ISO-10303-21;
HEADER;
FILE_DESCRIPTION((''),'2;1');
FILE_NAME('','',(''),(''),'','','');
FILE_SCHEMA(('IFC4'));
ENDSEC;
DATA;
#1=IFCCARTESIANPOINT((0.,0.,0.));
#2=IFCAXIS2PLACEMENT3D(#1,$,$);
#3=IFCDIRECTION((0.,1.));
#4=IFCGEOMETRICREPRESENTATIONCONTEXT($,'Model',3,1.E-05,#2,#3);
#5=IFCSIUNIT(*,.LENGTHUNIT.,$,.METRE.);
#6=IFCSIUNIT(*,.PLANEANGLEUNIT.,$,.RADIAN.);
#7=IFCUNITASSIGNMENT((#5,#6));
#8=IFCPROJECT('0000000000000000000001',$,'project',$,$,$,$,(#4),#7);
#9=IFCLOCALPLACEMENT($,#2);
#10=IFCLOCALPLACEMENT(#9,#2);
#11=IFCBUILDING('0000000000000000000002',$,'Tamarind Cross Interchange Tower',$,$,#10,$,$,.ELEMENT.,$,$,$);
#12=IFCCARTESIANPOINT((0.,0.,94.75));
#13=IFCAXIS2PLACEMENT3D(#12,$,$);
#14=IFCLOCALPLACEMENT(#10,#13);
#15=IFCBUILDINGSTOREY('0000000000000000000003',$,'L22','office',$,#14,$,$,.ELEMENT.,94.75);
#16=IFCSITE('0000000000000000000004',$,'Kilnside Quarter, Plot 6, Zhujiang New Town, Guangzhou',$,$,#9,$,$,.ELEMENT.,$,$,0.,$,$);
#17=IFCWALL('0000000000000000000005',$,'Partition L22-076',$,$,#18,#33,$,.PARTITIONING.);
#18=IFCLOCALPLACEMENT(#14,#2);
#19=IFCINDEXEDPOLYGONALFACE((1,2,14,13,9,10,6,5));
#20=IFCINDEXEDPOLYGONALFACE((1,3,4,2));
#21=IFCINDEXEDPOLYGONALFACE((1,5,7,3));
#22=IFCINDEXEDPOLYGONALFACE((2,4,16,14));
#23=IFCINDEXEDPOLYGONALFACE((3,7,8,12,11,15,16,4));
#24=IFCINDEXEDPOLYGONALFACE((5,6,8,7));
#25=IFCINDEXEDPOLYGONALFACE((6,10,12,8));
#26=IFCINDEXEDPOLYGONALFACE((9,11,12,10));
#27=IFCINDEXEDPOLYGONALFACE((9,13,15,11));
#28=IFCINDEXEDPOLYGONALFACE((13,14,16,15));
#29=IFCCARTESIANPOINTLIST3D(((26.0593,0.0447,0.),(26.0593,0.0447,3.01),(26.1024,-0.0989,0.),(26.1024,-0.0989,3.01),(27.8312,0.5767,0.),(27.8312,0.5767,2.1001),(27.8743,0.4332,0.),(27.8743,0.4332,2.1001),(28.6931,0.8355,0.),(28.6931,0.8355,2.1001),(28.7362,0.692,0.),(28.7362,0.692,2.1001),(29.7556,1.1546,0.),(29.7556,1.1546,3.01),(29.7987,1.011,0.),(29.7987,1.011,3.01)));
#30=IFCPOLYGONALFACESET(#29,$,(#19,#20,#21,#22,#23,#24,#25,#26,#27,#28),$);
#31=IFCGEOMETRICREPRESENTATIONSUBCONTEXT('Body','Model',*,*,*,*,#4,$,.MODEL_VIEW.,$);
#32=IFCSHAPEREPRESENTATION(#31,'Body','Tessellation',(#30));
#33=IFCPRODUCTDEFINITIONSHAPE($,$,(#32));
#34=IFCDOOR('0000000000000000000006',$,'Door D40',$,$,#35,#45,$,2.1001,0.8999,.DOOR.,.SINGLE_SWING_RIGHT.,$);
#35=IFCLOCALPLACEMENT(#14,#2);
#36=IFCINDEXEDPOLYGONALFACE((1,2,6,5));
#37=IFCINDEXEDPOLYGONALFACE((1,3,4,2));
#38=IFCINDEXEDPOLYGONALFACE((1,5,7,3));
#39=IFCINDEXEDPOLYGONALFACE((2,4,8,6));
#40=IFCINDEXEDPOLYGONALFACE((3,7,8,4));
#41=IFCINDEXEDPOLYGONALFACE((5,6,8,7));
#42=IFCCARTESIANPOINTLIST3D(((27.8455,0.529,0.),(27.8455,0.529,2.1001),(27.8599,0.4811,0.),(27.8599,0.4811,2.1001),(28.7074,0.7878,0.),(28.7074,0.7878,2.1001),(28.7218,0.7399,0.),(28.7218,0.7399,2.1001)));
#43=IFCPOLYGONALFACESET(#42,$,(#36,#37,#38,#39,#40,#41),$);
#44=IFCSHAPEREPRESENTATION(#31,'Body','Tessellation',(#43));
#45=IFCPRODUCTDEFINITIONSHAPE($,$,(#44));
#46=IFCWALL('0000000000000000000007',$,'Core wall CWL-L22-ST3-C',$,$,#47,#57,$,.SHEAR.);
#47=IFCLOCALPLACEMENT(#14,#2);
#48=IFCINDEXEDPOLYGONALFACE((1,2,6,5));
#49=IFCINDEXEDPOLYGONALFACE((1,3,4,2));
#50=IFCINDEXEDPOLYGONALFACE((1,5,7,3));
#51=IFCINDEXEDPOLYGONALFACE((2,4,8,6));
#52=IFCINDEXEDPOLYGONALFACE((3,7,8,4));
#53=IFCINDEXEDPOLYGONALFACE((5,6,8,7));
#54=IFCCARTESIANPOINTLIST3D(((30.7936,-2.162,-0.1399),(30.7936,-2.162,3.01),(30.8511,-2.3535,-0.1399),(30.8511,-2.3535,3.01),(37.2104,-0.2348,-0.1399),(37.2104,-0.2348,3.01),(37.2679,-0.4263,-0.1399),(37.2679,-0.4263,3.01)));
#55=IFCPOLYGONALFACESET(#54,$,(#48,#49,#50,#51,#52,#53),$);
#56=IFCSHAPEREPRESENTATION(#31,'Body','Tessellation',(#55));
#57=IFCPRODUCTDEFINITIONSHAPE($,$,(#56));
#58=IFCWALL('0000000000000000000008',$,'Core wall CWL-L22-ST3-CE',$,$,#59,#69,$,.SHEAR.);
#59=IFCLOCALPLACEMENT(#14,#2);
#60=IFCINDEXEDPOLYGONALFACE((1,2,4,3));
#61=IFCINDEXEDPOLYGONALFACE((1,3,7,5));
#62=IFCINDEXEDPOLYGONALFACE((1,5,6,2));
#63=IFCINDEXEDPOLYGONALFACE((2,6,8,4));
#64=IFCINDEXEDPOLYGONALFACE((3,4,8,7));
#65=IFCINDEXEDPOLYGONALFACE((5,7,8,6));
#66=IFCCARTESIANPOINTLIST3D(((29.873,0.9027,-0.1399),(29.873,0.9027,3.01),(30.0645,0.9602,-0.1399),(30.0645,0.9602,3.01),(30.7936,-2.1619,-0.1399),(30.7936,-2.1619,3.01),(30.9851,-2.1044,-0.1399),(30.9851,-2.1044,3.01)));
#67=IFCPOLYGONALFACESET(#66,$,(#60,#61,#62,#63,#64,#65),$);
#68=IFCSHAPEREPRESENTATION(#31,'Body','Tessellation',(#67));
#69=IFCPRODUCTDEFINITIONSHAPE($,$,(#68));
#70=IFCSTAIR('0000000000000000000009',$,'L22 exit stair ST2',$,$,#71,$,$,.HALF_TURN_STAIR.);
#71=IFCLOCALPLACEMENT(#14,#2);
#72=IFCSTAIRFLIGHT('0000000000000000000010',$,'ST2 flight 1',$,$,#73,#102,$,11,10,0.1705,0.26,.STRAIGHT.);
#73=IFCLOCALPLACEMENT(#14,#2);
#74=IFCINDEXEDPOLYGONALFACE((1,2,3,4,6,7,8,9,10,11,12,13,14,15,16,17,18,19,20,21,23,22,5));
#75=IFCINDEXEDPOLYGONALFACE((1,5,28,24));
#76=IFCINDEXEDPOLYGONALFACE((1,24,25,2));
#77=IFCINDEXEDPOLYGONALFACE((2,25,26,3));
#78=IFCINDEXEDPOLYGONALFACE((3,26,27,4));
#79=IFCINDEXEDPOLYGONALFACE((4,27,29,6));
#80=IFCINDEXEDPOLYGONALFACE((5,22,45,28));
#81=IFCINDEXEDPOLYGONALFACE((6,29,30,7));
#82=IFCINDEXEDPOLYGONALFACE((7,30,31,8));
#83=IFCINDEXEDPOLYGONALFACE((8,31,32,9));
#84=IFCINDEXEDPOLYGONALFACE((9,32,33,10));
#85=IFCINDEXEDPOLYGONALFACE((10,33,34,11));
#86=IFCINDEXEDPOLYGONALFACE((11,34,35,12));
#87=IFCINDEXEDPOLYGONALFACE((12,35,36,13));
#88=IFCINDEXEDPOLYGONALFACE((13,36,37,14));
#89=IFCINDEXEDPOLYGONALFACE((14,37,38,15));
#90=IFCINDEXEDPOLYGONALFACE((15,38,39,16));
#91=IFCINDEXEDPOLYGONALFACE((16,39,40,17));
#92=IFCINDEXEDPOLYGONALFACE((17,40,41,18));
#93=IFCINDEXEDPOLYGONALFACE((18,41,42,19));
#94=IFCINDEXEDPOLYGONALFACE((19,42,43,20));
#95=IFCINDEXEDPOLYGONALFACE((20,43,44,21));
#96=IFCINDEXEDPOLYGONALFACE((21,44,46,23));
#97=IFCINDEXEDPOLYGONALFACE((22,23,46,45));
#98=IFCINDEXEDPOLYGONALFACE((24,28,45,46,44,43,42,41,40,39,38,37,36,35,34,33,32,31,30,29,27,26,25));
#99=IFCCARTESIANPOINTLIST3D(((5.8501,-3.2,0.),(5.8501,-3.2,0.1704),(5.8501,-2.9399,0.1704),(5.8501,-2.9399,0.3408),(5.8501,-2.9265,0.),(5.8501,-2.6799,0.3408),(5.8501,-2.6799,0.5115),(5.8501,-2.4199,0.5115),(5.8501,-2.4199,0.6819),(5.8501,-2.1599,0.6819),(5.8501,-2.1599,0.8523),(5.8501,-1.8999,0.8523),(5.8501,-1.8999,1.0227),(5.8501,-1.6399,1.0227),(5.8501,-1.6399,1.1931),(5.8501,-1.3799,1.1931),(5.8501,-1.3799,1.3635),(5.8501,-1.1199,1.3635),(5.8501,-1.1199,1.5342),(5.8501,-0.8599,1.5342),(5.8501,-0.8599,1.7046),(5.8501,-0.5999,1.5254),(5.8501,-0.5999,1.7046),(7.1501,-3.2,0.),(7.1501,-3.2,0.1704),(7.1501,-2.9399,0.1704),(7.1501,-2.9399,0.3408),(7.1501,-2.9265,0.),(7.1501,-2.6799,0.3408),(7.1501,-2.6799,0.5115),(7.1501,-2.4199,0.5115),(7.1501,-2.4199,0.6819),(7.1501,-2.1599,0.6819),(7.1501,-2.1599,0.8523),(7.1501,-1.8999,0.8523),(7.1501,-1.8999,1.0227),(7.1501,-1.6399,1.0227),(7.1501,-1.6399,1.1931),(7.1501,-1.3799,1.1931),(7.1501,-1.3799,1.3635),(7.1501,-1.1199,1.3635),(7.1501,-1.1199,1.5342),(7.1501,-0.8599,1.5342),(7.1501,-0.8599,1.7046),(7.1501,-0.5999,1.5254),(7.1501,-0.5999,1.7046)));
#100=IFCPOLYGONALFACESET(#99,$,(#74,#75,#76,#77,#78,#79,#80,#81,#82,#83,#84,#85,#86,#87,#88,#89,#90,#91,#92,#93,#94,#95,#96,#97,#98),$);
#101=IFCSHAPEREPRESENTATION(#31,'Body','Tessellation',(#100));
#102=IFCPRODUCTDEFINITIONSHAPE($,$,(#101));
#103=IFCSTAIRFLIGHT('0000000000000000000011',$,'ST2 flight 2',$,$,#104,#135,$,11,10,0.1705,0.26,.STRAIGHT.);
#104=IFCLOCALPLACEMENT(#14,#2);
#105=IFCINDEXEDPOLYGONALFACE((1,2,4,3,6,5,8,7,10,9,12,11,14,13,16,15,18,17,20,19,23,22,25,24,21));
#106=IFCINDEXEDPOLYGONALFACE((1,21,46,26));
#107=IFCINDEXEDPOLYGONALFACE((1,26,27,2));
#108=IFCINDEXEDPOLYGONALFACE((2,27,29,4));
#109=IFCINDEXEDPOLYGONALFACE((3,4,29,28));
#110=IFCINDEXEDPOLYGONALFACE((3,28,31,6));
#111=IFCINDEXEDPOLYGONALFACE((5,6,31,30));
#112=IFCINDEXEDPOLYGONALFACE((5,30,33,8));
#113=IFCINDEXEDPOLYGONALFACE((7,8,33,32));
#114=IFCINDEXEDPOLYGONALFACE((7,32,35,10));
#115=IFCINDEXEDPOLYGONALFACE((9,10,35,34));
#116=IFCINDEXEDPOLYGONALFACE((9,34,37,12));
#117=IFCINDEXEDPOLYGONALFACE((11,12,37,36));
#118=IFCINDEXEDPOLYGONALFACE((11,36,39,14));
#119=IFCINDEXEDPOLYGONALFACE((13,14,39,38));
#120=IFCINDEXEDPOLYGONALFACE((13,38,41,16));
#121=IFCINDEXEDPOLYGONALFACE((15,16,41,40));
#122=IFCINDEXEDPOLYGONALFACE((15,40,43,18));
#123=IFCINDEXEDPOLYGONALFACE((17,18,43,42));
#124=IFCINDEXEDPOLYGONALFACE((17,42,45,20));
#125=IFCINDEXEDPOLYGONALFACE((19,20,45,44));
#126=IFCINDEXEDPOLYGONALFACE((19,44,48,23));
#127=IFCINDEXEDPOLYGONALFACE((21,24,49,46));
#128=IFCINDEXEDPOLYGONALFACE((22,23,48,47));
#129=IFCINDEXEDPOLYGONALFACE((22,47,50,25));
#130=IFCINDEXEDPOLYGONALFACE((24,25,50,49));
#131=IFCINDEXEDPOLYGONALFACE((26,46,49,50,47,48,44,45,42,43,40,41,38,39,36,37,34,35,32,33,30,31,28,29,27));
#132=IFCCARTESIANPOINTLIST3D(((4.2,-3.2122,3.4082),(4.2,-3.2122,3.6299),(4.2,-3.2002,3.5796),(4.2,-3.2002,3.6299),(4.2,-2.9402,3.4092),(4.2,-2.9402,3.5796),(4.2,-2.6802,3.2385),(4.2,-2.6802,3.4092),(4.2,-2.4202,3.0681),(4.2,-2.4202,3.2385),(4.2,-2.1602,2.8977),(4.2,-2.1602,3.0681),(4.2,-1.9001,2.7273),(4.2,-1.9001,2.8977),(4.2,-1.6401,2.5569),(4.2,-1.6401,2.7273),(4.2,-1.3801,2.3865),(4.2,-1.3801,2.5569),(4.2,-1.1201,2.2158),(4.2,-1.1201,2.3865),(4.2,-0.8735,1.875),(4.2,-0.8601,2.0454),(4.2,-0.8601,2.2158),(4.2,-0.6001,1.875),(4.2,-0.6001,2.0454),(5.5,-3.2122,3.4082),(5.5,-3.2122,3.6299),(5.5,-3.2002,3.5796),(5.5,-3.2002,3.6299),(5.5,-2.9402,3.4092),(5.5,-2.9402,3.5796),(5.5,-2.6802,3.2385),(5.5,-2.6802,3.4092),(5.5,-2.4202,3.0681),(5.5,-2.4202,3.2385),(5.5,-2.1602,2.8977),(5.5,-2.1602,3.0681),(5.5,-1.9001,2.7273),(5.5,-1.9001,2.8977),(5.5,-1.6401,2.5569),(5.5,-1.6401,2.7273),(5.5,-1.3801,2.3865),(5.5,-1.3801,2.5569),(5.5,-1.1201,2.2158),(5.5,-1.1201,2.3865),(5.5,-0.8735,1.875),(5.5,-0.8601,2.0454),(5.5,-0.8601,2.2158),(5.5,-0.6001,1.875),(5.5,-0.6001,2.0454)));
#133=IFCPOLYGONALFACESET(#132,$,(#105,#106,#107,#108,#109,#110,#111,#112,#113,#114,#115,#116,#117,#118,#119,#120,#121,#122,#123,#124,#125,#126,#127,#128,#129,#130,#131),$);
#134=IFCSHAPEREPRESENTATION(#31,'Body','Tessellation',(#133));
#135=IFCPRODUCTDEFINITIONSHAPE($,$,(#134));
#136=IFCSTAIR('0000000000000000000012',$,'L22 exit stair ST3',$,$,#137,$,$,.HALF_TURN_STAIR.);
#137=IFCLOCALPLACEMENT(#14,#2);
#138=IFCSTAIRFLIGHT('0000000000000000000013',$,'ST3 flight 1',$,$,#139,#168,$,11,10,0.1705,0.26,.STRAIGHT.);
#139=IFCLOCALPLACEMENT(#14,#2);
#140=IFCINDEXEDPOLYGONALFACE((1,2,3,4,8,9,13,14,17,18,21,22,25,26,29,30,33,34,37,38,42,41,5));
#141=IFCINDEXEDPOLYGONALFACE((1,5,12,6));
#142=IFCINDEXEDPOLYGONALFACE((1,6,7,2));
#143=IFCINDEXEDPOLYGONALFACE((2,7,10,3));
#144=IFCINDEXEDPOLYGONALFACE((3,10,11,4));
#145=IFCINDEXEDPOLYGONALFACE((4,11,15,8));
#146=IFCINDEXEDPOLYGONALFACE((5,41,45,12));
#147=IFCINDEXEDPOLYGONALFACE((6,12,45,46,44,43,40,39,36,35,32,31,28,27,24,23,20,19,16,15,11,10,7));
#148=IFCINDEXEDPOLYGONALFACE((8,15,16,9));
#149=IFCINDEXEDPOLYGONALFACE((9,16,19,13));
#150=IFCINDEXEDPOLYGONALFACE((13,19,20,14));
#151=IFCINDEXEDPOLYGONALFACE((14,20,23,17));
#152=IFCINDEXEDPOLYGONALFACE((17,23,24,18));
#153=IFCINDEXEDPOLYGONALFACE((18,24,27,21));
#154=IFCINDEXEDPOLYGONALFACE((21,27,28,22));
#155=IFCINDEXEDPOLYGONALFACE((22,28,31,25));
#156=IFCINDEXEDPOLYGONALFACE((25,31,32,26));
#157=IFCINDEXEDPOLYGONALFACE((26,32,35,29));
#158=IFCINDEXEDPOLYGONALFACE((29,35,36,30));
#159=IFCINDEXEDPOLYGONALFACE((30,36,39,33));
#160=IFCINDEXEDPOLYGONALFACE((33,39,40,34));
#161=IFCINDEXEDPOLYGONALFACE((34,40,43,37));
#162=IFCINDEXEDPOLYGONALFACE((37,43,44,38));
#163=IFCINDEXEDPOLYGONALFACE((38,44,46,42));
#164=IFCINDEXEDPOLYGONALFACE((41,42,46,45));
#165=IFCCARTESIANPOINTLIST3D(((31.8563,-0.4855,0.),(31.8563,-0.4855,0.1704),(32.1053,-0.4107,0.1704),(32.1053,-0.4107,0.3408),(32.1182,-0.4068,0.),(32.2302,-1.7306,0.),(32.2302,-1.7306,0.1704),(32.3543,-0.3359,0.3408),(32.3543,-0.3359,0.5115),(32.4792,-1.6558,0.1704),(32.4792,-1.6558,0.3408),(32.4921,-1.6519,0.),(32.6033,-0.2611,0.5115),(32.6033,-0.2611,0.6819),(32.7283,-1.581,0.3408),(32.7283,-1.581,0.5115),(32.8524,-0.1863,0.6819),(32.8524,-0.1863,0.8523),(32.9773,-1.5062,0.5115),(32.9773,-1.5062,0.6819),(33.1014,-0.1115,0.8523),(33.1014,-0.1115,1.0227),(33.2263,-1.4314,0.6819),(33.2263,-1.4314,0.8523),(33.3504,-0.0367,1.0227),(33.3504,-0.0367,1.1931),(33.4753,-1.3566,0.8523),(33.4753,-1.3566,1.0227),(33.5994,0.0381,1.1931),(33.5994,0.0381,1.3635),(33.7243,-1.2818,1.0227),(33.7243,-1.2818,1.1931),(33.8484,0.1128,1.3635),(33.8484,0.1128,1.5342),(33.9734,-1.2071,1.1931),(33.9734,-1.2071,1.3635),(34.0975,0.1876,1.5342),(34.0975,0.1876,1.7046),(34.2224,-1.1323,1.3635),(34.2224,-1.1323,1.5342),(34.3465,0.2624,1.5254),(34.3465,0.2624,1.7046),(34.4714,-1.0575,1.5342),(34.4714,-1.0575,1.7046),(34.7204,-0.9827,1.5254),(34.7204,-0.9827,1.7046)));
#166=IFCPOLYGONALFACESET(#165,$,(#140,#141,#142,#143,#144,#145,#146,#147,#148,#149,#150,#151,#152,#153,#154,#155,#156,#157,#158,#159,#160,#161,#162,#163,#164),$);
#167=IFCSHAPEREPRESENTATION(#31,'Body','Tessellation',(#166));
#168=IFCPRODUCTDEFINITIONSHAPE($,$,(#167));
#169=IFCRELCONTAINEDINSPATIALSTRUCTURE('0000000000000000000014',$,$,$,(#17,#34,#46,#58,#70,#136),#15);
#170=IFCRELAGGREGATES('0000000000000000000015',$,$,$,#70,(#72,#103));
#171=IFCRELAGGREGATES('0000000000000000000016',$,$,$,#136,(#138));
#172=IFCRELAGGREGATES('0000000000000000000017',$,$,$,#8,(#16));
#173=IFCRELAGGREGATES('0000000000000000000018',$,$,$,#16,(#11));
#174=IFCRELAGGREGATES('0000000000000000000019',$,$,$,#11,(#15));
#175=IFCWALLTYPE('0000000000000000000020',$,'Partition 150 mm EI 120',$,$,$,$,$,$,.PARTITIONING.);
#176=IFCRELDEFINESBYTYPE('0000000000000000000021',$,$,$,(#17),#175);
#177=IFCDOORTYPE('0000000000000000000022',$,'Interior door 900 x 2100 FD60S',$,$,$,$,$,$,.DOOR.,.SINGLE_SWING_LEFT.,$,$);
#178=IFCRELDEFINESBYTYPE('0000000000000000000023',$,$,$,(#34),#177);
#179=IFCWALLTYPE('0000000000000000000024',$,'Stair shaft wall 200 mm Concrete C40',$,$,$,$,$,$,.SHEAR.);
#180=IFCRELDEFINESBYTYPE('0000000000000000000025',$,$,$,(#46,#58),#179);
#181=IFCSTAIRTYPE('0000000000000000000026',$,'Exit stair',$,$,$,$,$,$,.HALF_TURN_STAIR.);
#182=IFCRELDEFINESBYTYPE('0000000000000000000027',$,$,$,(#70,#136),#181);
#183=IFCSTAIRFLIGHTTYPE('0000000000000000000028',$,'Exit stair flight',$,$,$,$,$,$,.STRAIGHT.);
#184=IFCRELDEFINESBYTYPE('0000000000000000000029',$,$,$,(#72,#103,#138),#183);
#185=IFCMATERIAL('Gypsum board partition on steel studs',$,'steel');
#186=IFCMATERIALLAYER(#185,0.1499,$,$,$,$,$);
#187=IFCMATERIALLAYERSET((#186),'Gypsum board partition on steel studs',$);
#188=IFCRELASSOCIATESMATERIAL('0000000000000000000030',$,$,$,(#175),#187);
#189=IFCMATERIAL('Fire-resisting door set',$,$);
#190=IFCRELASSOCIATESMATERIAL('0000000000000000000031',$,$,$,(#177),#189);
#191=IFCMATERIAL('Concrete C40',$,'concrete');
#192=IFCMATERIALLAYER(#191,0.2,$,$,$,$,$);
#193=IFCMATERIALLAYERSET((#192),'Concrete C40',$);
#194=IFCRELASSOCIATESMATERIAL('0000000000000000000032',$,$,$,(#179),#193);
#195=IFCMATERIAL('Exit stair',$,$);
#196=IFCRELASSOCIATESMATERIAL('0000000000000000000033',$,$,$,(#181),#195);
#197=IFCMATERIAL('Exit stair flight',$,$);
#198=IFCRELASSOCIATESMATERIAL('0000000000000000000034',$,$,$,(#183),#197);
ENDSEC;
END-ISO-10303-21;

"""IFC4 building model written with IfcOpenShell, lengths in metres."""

from ifc_helpers import new_model, si_unit, direction, frame, frame_2d, origin, place, context, subcontext, project, spatial, polyline, rectangle, outline, extrude, material, layer, layer_set, type_object, element, fill, aggregate, save


model = new_model("IFC4")

# Units and contexts
model_context = context("Model", 3, precision=1e-05, world=origin(), true_north=direction((0.0, 1.0)))
body_context = subcontext(model_context, "Body", "Model", "MODEL_VIEW")
ifc_project = project(units=[si_unit("LENGTHUNIT", "METRE"), si_unit("PLANEANGLEUNIT", "RADIAN")], contexts=[model_context])

# Site, building, storey
site_placement = place(None, origin())
site = spatial("IfcSite", under=ifc_project, at=site_placement, Name="Kilnside Quarter, Plot 6, Zhujiang New Town, Guangzhou", CompositionType="ELEMENT", RefElevation=0.0)
building_placement = place(site_placement, origin())
building = spatial("IfcBuilding", under=site, at=building_placement, Name="Tamarind Cross Interchange Tower", CompositionType="ELEMENT")
storey_placement = place(building_placement, frame((0.0, 0.0, 94.75)))
storey = spatial("IfcBuildingStorey", under=building, at=storey_placement, Name="L22", Description="office", CompositionType="ELEMENT", Elevation=94.75)

# Shared definitions
ifc_material_1 = material(Name="Gypsum board partition on steel studs", Category="steel")
ifc_layer_1 = layer(ifc_material_1, 0.1499)
ifc_layer_set_1 = layer_set([ifc_layer_1], Name="Gypsum board partition on steel studs")
wall_type_1 = type_object("IfcWallType", Name="Partition 150 mm EI 120", PredefinedType="PARTITIONING", material=ifc_layer_set_1)

# Wall, opening, door
ifc_material_2 = material(Name="Fire-resisting door set")
door_type = type_object("IfcDoorType", Name="Interior door 900 x 2100 FD60S", OperationType="SINGLE_SWING_LEFT", PredefinedType="DOOR", material=ifc_material_2)
wall_1_placement = place(storey_placement, frame((26.0808, -0.0271, 0.0), z_axis=(0.0, 0.0, 1.0), x_axis=(0.957757, 0.28758, 0.0)))
wall_1 = element("IfcWall", 1, at=wall_1_placement, inside=storey, type_object=wall_type_1, Name="Partition L22-076", PredefinedType="PARTITIONING", context=body_context, shape_type="SweptSolid", body=[
    extrude(rectangle(XDim=3.8594, YDim=0.1499, at=frame_2d((1.9297, 0.0))), origin(), (0.0, 0.0, 1.0), 3.01),
])
opening_1_placement = place(wall_1_placement, frame((1.8501, 0.0, 0.0)))
opening_1 = element("IfcOpeningElement", 2, at=opening_1_placement, cuts=wall_1, PredefinedType="OPENING", context=body_context, shape_type="SweptSolid", body=[
    extrude(rectangle(XDim=0.8999, YDim=2.1001, at=frame_2d((0.45, 1.05))), frame((0.0, 0.085, 0.0), z_axis=(0.0, -1.0, 0.0), x_axis=(1.0, 0.0, 0.0)), (0.0, 0.0, 1.0), 0.1699),
])
door_1_placement = place(opening_1_placement, frame((0.8999, 0.0, 0.0), z_axis=(0.0, 0.0, 1.0), x_axis=(-1.0, 0.0, 0.0)))
door_1 = element("IfcDoor", 3, at=door_1_placement, inside=storey, type_object=door_type, Name="Door D40", OperationType="SINGLE_SWING_RIGHT", OverallHeight=2.1001, OverallWidth=0.8999, PredefinedType="DOOR", context=body_context, shape_type="SweptSolid", body=[
    extrude(rectangle(XDim=0.8999, YDim=2.1001, at=frame_2d((0.45, 1.05))), frame((0.0, 0.0249, 0.0), z_axis=(0.0, -1.0, 0.0), x_axis=(1.0, 0.0, 0.0)), (0.0, 0.0, 1.0), 0.05),
])
fill(opening_1, door_1)

# Walls
ifc_material_3 = material(Name="Concrete C40", Category="concrete")
ifc_layer_2 = layer(ifc_material_3, 0.2)
ifc_layer_set_2 = layer_set([ifc_layer_2], Name="Concrete C40")
wall_type_2 = type_object("IfcWallType", Name="Stair shaft wall 200 mm Concrete C40", PredefinedType="SHEAR", material=ifc_layer_set_2)
wall_2_placement = place(storey_placement, frame((30.8223, -2.2578, -0.1399), z_axis=(0.0, 0.0, 1.0), x_axis=(0.957735, 0.287652, 0.0)))
element("IfcWall", 4, at=wall_2_placement, inside=storey, type_object=wall_type_2, Name="Core wall CWL-L22-ST3-C", PredefinedType="SHEAR", context=body_context, shape_type="SweptSolid", body=[
    extrude(rectangle(XDim=6.7, YDim=0.2, at=frame_2d((3.3501, 0.0))), origin(), (0.0, 0.0, 1.0), 3.1499),
])
wall_3_placement = place(storey_placement, frame((30.8894, -2.1333, -0.1399), z_axis=(0.0, 0.0, 1.0), x_axis=(-0.287705, 0.957719, 0.0)))
element("IfcWall", 5, at=wall_3_placement, inside=storey, type_object=wall_type_2, Name="Core wall CWL-L22-ST3-CE", PredefinedType="SHEAR", context=body_context, shape_type="SweptSolid", body=[
    extrude(rectangle(XDim=3.2, YDim=0.2, at=frame_2d((1.6001, 0.0))), origin(), (0.0, 0.0, 1.0), 3.1499),
])

# Stair, stair flights
ifc_material_4 = material(Name="Exit stair")
stair_type = type_object("IfcStairType", Name="Exit stair", PredefinedType="HALF_TURN_STAIR", material=ifc_material_4)
stair_1_placement = place(storey_placement, origin())
stair_1 = element("IfcStair", 6, at=stair_1_placement, inside=storey, type_object=stair_type, Name="L22 exit stair ST2", PredefinedType="HALF_TURN_STAIR")
ifc_material_5 = material(Name="Exit stair flight")
stair_flight_type = type_object("IfcStairFlightType", Name="Exit stair flight", PredefinedType="STRAIGHT", material=ifc_material_5)
stair_flight_1_placement = place(storey_placement, frame((6.5, -3.2, 0.0), z_axis=(0.0, 0.0, 1.0), x_axis=(0.0, 1.0, 0.0)))
stair_flight_1 = element("IfcStairFlight", 7, at=stair_flight_1_placement, type_object=stair_flight_type, Name="ST2 flight 1", NumberOfRisers=11, NumberOfTreads=10, PredefinedType="STRAIGHT", RiserHeight=0.1705, TreadLength=0.26, context=body_context, shape_type="SweptSolid", body=[
    extrude(outline(polyline([(0.0, 0.0), (0.0, 0.1704), (0.26, 0.1704), (0.26, 0.3408), (0.52, 0.3408), (0.52, 0.5115), (0.78, 0.5115), (0.78, 0.6819), (1.04, 0.6819), (1.04, 0.8523), (1.3, 0.8523), (1.3, 1.0227), (1.5601, 1.0227), (1.5601, 1.1931), (1.8201, 1.1931), (1.8201, 1.3635), (2.0801, 1.3635), (2.0801, 1.5342), (2.3401, 1.5342), (2.3401, 1.7046), (2.6001, 1.7046), (2.6001, 1.875), (2.6001, 1.5254), (0.2734, 0.0), (0.0, 0.0)])), frame((0.0, 0.6499, 0.0), z_axis=(0.0, -1.0, 0.0), x_axis=(1.0, 0.0, 0.0)), (0.0, 0.0, 1.0), 1.3),
])
stair_flight_2_placement = place(storey_placement, frame((4.8501, -0.6001, 1.875), z_axis=(0.0, 0.0, 1.0), x_axis=(0.0, -1.0, 0.0)))
stair_flight_2 = element("IfcStairFlight", 8, at=stair_flight_2_placement, type_object=stair_flight_type, Name="ST2 flight 2", NumberOfRisers=11, NumberOfTreads=10, PredefinedType="STRAIGHT", RiserHeight=0.1705, TreadLength=0.26, context=body_context, shape_type="SweptSolid", body=[
    extrude(outline(polyline([(0.0, 0.0), (0.0, 0.1704), (0.26, 0.1704), (0.26, 0.3408), (0.52, 0.3408), (0.52, 0.5115), (0.78, 0.5115), (0.78, 0.6819), (1.04, 0.6819), (1.04, 0.8523), (1.3, 0.8523), (1.3, 1.0227), (1.5601, 1.0227), (1.5601, 1.1931), (1.8201, 1.1931), (1.8201, 1.3635), (2.0801, 1.3635), (2.0801, 1.5342), (2.3401, 1.5342), (2.3401, 1.7046), (2.6001, 1.7046), (2.6001, 1.7549), (2.6121, 1.7549), (2.6121, 1.5332), (0.2734, 0.0), (0.0, 0.0)])), frame((0.0, 0.6499, 0.0), z_axis=(0.0, -1.0, 0.0), x_axis=(1.0, 0.0, 0.0)), (0.0, 0.0, 1.0), 1.3),
])
aggregate(stair_1, [stair_flight_1, stair_flight_2])

# Stair, stair flight
stair_2_placement = place(storey_placement, origin())
stair_2 = element("IfcStair", 9, at=stair_2_placement, inside=storey, type_object=stair_type, Name="L22 exit stair ST3", PredefinedType="HALF_TURN_STAIR")
stair_flight_3_placement = place(storey_placement, frame((32.0432, -1.1079, 0.0), z_axis=(0.0, 0.0, 1.0), x_axis=(0.957738, 0.287641, 0.0)))
stair_flight_3 = element("IfcStairFlight", 10, at=stair_flight_3_placement, type_object=stair_flight_type, Name="ST3 flight 1", NumberOfRisers=11, NumberOfTreads=10, PredefinedType="STRAIGHT", RiserHeight=0.1705, TreadLength=0.26, context=body_context, shape_type="SweptSolid", body=[
    extrude(outline(polyline([(0.0, 0.0), (0.0, 0.1704), (0.26, 0.1704), (0.26, 0.3408), (0.52, 0.3408), (0.52, 0.5115), (0.78, 0.5115), (0.78, 0.6819), (1.04, 0.6819), (1.04, 0.8523), (1.3, 0.8523), (1.3, 1.0227), (1.5601, 1.0227), (1.5601, 1.1931), (1.8201, 1.1931), (1.8201, 1.3635), (2.0801, 1.3635), (2.0801, 1.5342), (2.3401, 1.5342), (2.3401, 1.7046), (2.6001, 1.7046), (2.6001, 1.875), (2.6001, 1.5254), (0.2734, 0.0), (0.0, 0.0)])), frame((0.0, 0.6499, 0.0), z_axis=(0.0, -1.0, 0.0), x_axis=(1.0, 0.0, 0.0)), (0.0, 0.0, 1.0), 1.3),
])
aggregate(stair_2, [stair_flight_3])

save(model, "model.ifc")
